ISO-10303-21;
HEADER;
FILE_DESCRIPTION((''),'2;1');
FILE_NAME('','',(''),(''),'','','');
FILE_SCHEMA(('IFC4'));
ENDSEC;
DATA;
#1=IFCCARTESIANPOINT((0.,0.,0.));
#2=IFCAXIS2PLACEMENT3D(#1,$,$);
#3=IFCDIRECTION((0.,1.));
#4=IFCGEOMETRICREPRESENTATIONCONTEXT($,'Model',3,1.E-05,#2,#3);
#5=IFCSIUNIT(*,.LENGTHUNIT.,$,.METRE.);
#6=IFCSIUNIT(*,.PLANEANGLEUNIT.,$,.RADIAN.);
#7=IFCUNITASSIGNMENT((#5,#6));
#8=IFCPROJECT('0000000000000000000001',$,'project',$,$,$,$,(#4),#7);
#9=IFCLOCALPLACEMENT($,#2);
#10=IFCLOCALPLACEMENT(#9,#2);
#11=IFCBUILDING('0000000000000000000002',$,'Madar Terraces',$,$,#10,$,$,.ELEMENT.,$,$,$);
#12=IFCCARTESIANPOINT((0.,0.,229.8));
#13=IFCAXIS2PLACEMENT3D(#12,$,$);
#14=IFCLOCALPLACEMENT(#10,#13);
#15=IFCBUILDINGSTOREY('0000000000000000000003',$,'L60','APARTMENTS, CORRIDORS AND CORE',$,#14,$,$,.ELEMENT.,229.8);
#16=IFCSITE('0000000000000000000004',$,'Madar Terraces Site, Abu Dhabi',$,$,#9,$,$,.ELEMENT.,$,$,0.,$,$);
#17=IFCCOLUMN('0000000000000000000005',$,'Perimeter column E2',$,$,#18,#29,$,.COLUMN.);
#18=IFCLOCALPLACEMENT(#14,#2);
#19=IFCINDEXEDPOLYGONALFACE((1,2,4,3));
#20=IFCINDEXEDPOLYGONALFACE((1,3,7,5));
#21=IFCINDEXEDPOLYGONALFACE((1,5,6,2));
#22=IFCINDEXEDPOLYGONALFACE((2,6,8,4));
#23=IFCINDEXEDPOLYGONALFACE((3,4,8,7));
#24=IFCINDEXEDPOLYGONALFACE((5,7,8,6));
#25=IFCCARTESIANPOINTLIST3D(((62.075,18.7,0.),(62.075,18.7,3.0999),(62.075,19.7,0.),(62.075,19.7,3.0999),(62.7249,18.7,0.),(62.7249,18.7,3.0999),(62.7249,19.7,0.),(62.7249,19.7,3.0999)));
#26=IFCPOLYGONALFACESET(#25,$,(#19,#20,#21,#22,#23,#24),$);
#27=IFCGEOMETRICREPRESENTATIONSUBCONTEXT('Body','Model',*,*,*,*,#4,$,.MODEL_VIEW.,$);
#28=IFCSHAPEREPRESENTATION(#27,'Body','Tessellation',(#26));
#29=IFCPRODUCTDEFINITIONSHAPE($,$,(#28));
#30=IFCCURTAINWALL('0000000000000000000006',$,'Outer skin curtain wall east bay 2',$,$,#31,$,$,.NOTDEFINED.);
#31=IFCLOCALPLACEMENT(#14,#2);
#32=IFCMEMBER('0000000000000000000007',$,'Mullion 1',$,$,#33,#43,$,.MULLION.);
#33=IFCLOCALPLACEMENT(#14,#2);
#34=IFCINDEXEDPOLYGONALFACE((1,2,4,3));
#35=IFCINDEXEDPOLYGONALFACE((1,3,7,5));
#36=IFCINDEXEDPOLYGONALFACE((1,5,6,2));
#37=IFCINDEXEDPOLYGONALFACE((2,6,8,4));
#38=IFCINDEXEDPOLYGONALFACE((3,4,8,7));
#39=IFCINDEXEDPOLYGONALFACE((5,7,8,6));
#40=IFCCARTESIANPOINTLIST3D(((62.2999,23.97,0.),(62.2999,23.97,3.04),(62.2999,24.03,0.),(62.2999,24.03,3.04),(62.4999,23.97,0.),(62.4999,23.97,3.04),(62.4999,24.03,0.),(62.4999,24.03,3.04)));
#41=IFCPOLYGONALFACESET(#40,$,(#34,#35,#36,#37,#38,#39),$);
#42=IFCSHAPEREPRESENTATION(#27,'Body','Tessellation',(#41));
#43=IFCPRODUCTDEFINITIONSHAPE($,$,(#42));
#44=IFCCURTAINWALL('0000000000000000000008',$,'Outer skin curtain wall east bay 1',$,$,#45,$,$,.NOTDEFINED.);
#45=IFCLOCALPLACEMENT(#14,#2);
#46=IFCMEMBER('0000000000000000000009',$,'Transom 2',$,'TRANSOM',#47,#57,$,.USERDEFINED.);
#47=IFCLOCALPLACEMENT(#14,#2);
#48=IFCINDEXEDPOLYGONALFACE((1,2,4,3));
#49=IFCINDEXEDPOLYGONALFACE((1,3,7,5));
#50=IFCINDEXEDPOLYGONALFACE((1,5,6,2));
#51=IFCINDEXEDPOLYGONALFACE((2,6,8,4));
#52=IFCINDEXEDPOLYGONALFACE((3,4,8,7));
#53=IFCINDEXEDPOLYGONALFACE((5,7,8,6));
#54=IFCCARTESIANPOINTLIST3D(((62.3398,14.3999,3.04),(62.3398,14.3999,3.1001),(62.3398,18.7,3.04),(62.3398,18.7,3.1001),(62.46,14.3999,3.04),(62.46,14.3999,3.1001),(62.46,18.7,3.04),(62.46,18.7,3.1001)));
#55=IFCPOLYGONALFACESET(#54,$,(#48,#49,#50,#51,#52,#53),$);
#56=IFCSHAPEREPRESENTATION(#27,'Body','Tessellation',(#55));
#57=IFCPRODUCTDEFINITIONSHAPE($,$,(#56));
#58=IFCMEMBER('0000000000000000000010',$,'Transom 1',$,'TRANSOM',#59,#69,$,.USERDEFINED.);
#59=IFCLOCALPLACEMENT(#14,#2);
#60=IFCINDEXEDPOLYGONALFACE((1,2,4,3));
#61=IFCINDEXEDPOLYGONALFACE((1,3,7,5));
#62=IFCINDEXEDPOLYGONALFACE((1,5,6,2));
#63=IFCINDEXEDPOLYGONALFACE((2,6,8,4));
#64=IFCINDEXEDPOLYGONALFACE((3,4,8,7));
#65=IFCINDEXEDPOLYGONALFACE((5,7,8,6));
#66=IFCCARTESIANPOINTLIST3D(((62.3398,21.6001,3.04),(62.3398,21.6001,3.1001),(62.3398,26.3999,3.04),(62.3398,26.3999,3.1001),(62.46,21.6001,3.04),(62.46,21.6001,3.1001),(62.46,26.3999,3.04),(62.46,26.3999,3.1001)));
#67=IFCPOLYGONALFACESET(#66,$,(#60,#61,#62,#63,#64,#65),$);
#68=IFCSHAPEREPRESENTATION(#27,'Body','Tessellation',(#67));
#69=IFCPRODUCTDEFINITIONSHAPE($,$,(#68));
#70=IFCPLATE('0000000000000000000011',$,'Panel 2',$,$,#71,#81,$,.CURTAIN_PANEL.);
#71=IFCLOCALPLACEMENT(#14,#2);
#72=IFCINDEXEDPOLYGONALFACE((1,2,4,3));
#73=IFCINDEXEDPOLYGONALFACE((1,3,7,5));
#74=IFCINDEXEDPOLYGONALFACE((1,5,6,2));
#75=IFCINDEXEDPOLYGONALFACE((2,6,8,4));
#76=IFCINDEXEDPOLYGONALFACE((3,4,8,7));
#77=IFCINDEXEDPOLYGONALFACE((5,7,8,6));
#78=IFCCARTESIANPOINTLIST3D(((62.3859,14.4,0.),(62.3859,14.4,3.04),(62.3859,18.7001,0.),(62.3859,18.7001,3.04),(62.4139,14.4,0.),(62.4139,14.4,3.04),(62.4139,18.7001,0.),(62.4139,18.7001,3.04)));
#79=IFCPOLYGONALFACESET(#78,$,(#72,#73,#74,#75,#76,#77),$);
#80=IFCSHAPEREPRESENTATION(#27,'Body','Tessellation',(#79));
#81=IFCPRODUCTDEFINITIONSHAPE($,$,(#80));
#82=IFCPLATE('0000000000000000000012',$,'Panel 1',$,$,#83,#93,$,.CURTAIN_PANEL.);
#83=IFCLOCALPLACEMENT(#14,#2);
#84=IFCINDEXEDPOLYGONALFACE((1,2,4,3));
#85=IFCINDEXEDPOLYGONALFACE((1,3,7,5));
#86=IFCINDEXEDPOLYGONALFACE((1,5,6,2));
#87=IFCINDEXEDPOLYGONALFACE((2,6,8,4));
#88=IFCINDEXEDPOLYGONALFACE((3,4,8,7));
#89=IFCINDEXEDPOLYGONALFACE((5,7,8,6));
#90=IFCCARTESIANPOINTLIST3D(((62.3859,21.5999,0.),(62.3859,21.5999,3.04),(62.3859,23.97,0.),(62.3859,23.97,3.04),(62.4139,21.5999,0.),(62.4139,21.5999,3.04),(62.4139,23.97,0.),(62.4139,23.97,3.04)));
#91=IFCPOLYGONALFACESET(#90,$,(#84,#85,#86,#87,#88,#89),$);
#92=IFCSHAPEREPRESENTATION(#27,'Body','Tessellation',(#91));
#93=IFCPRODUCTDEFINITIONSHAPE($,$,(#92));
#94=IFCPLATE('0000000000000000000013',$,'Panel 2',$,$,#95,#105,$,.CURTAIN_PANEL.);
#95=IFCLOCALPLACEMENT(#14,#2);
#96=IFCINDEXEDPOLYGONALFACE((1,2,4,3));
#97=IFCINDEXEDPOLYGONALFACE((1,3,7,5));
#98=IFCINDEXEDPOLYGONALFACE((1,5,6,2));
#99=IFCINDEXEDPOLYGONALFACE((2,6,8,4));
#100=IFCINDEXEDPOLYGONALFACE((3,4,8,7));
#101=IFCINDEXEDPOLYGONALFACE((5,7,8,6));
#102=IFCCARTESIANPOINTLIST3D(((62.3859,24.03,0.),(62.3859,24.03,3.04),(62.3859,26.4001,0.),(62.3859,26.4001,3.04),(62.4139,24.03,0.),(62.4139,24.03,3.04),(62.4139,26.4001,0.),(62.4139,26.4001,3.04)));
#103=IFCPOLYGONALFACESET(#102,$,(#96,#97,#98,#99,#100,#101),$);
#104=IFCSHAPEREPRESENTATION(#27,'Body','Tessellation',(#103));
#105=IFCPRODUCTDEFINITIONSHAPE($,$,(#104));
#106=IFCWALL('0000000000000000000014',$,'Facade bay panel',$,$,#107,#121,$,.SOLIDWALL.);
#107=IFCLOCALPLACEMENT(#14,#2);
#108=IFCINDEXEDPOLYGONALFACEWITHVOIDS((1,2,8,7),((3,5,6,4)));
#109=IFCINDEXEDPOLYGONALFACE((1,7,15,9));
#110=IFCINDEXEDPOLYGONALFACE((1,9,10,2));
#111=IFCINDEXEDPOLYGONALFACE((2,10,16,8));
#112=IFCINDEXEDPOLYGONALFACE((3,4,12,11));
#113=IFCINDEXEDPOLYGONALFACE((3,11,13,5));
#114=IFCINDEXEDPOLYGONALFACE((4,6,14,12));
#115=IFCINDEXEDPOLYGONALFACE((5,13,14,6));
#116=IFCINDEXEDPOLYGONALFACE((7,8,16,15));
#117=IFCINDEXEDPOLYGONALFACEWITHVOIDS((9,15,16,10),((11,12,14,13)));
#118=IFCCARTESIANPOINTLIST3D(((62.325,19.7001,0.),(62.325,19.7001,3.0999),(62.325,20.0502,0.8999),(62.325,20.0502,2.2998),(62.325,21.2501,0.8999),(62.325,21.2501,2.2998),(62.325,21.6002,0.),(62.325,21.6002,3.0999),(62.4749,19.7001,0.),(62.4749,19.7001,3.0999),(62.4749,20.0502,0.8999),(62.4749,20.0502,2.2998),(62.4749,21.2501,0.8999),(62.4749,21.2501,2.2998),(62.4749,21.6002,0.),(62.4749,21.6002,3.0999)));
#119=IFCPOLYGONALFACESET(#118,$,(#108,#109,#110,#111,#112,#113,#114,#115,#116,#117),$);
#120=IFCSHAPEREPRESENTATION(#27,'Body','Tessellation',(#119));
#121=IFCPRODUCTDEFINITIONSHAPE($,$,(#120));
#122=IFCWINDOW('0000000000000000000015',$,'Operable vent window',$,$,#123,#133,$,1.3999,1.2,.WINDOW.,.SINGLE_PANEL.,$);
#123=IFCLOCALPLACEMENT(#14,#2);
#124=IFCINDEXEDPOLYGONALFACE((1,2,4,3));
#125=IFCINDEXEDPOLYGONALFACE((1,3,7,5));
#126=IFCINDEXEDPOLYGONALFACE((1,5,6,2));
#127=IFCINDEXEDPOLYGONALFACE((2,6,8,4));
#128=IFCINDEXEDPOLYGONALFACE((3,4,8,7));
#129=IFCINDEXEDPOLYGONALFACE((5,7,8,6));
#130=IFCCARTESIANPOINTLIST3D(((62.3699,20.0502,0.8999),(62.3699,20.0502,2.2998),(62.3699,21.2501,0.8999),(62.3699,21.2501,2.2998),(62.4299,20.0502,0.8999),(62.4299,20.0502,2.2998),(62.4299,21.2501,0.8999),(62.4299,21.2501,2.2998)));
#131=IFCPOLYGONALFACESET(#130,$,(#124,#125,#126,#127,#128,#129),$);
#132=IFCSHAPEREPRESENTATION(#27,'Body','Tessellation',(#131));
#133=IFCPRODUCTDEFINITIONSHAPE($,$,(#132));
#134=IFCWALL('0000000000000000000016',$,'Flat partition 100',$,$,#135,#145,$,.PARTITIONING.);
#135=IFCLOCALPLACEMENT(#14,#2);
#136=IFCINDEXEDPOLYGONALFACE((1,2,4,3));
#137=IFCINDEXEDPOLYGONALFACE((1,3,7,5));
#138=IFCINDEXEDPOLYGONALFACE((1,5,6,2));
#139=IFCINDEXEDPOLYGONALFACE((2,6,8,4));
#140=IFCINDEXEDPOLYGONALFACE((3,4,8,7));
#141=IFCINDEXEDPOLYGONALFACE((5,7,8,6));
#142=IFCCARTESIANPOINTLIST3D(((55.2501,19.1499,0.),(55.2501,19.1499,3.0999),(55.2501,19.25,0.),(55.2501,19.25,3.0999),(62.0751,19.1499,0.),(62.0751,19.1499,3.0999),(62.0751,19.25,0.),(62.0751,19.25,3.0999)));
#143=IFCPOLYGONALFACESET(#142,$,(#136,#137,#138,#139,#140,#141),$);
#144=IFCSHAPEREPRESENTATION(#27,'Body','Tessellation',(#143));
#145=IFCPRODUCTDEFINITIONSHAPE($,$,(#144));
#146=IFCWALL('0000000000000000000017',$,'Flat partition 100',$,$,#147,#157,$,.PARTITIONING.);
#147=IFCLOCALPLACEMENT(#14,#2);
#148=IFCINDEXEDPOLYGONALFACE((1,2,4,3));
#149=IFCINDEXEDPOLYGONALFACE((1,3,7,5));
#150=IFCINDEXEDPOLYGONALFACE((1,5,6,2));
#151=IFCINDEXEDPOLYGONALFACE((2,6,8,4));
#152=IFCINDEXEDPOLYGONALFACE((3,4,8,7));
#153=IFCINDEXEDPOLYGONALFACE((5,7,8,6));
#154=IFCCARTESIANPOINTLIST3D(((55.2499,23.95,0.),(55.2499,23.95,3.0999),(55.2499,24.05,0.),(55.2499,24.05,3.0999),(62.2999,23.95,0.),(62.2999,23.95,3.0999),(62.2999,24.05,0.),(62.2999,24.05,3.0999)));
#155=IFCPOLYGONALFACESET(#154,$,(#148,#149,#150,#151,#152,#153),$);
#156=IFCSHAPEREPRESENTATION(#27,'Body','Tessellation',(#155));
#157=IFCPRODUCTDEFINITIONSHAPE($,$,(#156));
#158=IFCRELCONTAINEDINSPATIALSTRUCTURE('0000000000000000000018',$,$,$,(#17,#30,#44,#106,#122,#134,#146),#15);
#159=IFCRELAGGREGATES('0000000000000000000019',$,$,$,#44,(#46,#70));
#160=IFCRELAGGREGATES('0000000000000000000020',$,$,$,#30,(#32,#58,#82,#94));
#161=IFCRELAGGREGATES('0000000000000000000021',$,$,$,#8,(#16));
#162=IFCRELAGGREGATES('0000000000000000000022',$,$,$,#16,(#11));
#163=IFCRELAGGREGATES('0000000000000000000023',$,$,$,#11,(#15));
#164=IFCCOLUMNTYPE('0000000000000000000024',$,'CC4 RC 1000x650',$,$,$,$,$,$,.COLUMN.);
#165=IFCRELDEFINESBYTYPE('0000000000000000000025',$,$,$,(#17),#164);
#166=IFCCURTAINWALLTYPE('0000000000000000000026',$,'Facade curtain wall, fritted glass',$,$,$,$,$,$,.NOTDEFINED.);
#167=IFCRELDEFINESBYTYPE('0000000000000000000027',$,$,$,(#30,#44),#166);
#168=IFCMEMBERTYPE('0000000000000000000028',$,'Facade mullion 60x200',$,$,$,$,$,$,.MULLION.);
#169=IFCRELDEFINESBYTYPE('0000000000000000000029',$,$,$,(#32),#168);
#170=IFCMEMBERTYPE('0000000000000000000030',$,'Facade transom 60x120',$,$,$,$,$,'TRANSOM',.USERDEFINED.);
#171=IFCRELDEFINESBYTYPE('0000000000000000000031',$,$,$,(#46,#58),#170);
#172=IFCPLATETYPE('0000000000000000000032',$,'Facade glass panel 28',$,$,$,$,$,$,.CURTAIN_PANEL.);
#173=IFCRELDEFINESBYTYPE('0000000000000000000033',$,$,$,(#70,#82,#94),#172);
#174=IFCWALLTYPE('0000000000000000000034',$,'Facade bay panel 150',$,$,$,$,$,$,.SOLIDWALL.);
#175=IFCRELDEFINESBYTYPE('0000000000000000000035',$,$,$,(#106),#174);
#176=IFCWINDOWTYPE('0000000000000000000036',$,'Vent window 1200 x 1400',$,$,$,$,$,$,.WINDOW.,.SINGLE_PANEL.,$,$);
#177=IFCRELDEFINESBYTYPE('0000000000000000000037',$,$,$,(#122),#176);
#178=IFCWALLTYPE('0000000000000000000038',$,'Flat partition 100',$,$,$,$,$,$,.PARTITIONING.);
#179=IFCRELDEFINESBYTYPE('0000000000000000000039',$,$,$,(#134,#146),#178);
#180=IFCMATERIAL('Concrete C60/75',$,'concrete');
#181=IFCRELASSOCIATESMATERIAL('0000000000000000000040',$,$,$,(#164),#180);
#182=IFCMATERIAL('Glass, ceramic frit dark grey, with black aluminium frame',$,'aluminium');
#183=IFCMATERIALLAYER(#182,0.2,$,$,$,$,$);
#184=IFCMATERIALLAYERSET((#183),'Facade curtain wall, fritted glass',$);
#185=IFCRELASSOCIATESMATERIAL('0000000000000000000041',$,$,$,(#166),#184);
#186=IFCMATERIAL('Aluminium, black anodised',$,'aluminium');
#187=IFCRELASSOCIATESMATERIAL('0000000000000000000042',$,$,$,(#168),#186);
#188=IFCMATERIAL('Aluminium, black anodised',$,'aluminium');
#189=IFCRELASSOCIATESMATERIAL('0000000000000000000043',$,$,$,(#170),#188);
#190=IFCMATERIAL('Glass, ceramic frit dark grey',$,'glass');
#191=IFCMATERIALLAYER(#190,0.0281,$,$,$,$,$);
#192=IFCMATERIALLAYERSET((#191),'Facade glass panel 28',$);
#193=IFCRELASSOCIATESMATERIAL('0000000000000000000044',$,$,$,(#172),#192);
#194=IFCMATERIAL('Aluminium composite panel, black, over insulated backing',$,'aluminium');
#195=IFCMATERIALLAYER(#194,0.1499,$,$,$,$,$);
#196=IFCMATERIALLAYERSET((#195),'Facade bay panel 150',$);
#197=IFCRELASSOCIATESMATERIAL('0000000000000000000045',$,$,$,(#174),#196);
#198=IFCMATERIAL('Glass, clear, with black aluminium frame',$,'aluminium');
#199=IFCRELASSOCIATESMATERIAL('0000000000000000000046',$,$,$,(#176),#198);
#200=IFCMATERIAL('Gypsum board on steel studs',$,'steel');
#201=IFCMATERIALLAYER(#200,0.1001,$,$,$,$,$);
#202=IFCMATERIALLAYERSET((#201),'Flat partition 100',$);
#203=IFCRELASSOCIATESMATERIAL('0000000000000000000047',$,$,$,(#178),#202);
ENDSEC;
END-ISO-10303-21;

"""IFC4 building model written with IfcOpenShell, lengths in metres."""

from ifc_helpers import new_model, si_unit, direction, frame, frame_2d, origin, origin_2d, place, context, subcontext, project, spatial, rectangle, extrude, material, layer, layer_set, material_profile, profile_set, type_object, element, fill, aggregate, save


model = new_model("IFC4")

# Units and contexts
model_context = context("Model", 3, precision=1e-05, world=origin(), true_north=direction((0.0, 1.0)))
body_context = subcontext(model_context, "Body", "Model", "MODEL_VIEW")
ifc_project = project(units=[si_unit("LENGTHUNIT", "METRE"), si_unit("PLANEANGLEUNIT", "RADIAN")], contexts=[model_context])

# Site, building, storey
site_placement = place(None, origin())
site = spatial("IfcSite", under=ifc_project, at=site_placement, Name="Madar Terraces Site, Abu Dhabi", CompositionType="ELEMENT", RefElevation=0.0)
building_placement = place(site_placement, origin())
building = spatial("IfcBuilding", under=site, at=building_placement, Name="Madar Terraces", CompositionType="ELEMENT")
storey_placement = place(building_placement, frame((0.0, 0.0, 229.8)))
storey = spatial("IfcBuildingStorey", under=building, at=storey_placement, Name="L60", Description="APARTMENTS, CORRIDORS AND CORE", CompositionType="ELEMENT", Elevation=229.8)

# Column
ifc_material_1 = material(Name="Concrete C60/75", Category="concrete")
ifc_material_profile_1 = material_profile(ifc_material_1, rectangle(XDim=1.0, YDim=0.6499, at=origin_2d()), Name="CC4 RC 1000x650")
ifc_profile_set_1 = profile_set([ifc_material_profile_1], Name="Concrete C60/75")
column_type = type_object("IfcColumnType", Name="CC4 RC 1000x650", PredefinedType="COLUMN", material=ifc_profile_set_1)
column_placement = place(storey_placement, frame((62.3999, 19.2, 0.0), z_axis=(0.0, 0.0, 1.0), x_axis=(0.0, 1.0, 0.0)))
element("IfcColumn", 1, at=column_placement, inside=storey, type_object=column_type, Name="Perimeter column E2", PredefinedType="COLUMN", context=body_context, shape_type="SweptSolid", body=[
    extrude(rectangle(XDim=1.0, YDim=0.6499, at=origin_2d()), origin(), (0.0, 0.0, 1.0), 3.0999),
])

# Curtain walls, members
ifc_material_2 = material(Name="Glass, ceramic frit dark grey, with black aluminium frame", Category="aluminium")
ifc_layer_1 = layer(ifc_material_2, 0.2)
ifc_layer_set_1 = layer_set([ifc_layer_1], Name="Facade curtain wall, fritted glass")
curtain_wall_type = type_object("IfcCurtainWallType", Name="Facade curtain wall, fritted glass", PredefinedType="NOTDEFINED", material=ifc_layer_set_1)
curtain_wall_1_placement = place(storey_placement, origin())
curtain_wall_1 = element("IfcCurtainWall", 2, at=curtain_wall_1_placement, inside=storey, type_object=curtain_wall_type, Name="Outer skin curtain wall east bay 2", PredefinedType="NOTDEFINED")
ifc_material_3 = material(Name="Aluminium, black anodised", Category="aluminium")
ifc_material_profile_2 = material_profile(ifc_material_3, rectangle(XDim=0.2, YDim=0.0601, at=origin_2d()), Name="Facade mullion 60x200")
ifc_profile_set_2 = profile_set([ifc_material_profile_2], Name="Aluminium, black anodised")
member_type_1 = type_object("IfcMemberType", Name="Facade mullion 60x200", PredefinedType="MULLION", material=ifc_profile_set_2)
member_1_placement = place(storey_placement, frame((62.3999, 24.0, 0.0), z_axis=(0.0, 0.0, 1.0), x_axis=(-1.0, 0.0, 0.0)))
member_1 = element("IfcMember", 3, at=member_1_placement, type_object=member_type_1, Name="Mullion 1", PredefinedType="MULLION", context=body_context, shape_type="SweptSolid", body=[
    extrude(rectangle(XDim=0.2, YDim=0.0601, at=origin_2d()), origin(), (0.0, 0.0, 1.0), 3.04),
])
curtain_wall_2_placement = place(storey_placement, origin())
curtain_wall_2 = element("IfcCurtainWall", 4, at=curtain_wall_2_placement, inside=storey, type_object=curtain_wall_type, Name="Outer skin curtain wall east bay 1", PredefinedType="NOTDEFINED")
ifc_material_4 = material(Name="Aluminium, black anodised", Category="aluminium")
ifc_material_profile_3 = material_profile(ifc_material_4, rectangle(XDim=0.1201, YDim=0.0601, at=origin_2d()), Name="Facade transom 60x120")
ifc_profile_set_3 = profile_set([ifc_material_profile_3], Name="Aluminium, black anodised")
member_type_2 = type_object("IfcMemberType", Name="Facade transom 60x120", ElementType="TRANSOM", PredefinedType="USERDEFINED", material=ifc_profile_set_3)
member_2_placement = place(storey_placement, frame((62.3999, 14.3999, 3.0701), z_axis=(0.0, 1.0, 0.0), x_axis=(-1.0, 0.0, 0.0)))
member_2 = element("IfcMember", 5, at=member_2_placement, type_object=member_type_2, Name="Transom 2", ObjectType="TRANSOM", PredefinedType="USERDEFINED", context=body_context, shape_type="SweptSolid", body=[
    extrude(rectangle(XDim=0.1201, YDim=0.0601, at=origin_2d()), origin(), (0.0, 0.0, 1.0), 4.3),
])

# Member
member_3_placement = place(storey_placement, frame((62.3999, 21.6001, 3.0701), z_axis=(0.0, 1.0, 0.0), x_axis=(-1.0, 0.0, 0.0)))
member_3 = element("IfcMember", 6, at=member_3_placement, type_object=member_type_2, Name="Transom 1", ObjectType="TRANSOM", PredefinedType="USERDEFINED", context=body_context, shape_type="SweptSolid", body=[
    extrude(rectangle(XDim=0.1201, YDim=0.0601, at=origin_2d()), origin(), (0.0, 0.0, 1.0), 4.7998),
])

# Plates
ifc_material_5 = material(Name="Glass, ceramic frit dark grey", Category="glass")
ifc_layer_2 = layer(ifc_material_5, 0.0281)
ifc_layer_set_2 = layer_set([ifc_layer_2], Name="Facade glass panel 28")
plate_type = type_object("IfcPlateType", Name="Facade glass panel 28", PredefinedType="CURTAIN_PANEL", material=ifc_layer_set_2)
plate_1_placement = place(storey_placement, frame((62.3999, 16.55, 0.0), z_axis=(0.0, 0.0, 1.0), x_axis=(0.0, 1.0, 0.0)))
plate_1 = element("IfcPlate", 7, at=plate_1_placement, type_object=plate_type, Name="Panel 2", PredefinedType="CURTAIN_PANEL", context=body_context, shape_type="SweptSolid", body=[
    extrude(rectangle(XDim=4.3, YDim=0.0281, at=origin_2d()), origin(), (0.0, 0.0, 1.0), 3.04),
])
aggregate(curtain_wall_2, [member_2, plate_1])
plate_2_placement = place(storey_placement, frame((62.3999, 22.7849, 0.0), z_axis=(0.0, 0.0, 1.0), x_axis=(0.0, 1.0, 0.0)))
plate_2 = element("IfcPlate", 8, at=plate_2_placement, type_object=plate_type, Name="Panel 1", PredefinedType="CURTAIN_PANEL", context=body_context, shape_type="SweptSolid", body=[
    extrude(rectangle(XDim=2.3701, YDim=0.0281, at=origin_2d()), origin(), (0.0, 0.0, 1.0), 3.04),
])
plate_3_placement = place(storey_placement, frame((62.3999, 25.2151, 0.0), z_axis=(0.0, 0.0, 1.0), x_axis=(0.0, 1.0, 0.0)))
plate_3 = element("IfcPlate", 9, at=plate_3_placement, type_object=plate_type, Name="Panel 2", PredefinedType="CURTAIN_PANEL", context=body_context, shape_type="SweptSolid", body=[
    extrude(rectangle(XDim=2.3701, YDim=0.0281, at=origin_2d()), origin(), (0.0, 0.0, 1.0), 3.04),
])
aggregate(curtain_wall_1, [member_1, member_3, plate_2, plate_3])

# Shared definitions
ifc_material_6 = material(Name="Aluminium composite panel, black, over insulated backing", Category="aluminium")
ifc_layer_3 = layer(ifc_material_6, 0.1499)
ifc_layer_set_3 = layer_set([ifc_layer_3], Name="Facade bay panel 150")
wall_type_1 = type_object("IfcWallType", Name="Facade bay panel 150", PredefinedType="SOLIDWALL", material=ifc_layer_set_3)

# Wall, opening, window
wall_1_placement = place(storey_placement, frame((62.3999, 19.7, 0.0), z_axis=(0.0, 0.0, 1.0), x_axis=(0.0, 1.0, 0.0)))
wall_1 = element("IfcWall", 10, at=wall_1_placement, inside=storey, type_object=wall_type_1, Name="Facade bay panel", PredefinedType="SOLIDWALL", context=body_context, shape_type="SweptSolid", body=[
    extrude(rectangle(XDim=1.9001, YDim=0.1499, at=frame_2d((0.9502, 0.0))), origin(), (0.0, 0.0, 1.0), 3.0999),
])
opening_1_placement = place(wall_1_placement, frame((0.3501, 0.0, 0.8999)))
opening_1 = element("IfcOpeningElement", 11, at=opening_1_placement, cuts=wall_1, PredefinedType="OPENING", context=body_context, shape_type="SweptSolid", body=[
    extrude(rectangle(XDim=1.2, YDim=1.3999, at=frame_2d((0.6001, 0.7))), frame((0.0, 0.085, 0.0), z_axis=(0.0, -1.0, 0.0), x_axis=(1.0, 0.0, 0.0)), (0.0, 0.0, 1.0), 0.1699),
])
ifc_material_7 = material(Name="Glass, clear, with black aluminium frame", Category="aluminium")
window_type = type_object("IfcWindowType", Name="Vent window 1200 x 1400", PartitioningType="SINGLE_PANEL", PredefinedType="WINDOW", material=ifc_material_7)
window_placement = place(opening_1_placement, origin())
window = element("IfcWindow", 12, at=window_placement, inside=storey, type_object=window_type, Name="Operable vent window", OverallHeight=1.3999, OverallWidth=1.2, PartitioningType="SINGLE_PANEL", PredefinedType="WINDOW", context=body_context, shape_type="SweptSolid", body=[
    extrude(rectangle(XDim=1.2, YDim=1.3999, at=frame_2d((0.6001, 0.7))), frame((0.0, 0.03, 0.0), z_axis=(0.0, -1.0, 0.0), x_axis=(1.0, 0.0, 0.0)), (0.0, 0.0, 1.0), 0.0601),
])
fill(opening_1, window)

# Walls
ifc_material_8 = material(Name="Gypsum board on steel studs", Category="steel")
ifc_layer_4 = layer(ifc_material_8, 0.1001)
ifc_layer_set_4 = layer_set([ifc_layer_4], Name="Flat partition 100")
wall_type_2 = type_object("IfcWallType", Name="Flat partition 100", PredefinedType="PARTITIONING", material=ifc_layer_set_4)
wall_2_placement = place(storey_placement, frame((55.25, 19.2, 0.0), z_axis=(0.0, 0.0, 1.0), x_axis=(1.0, 0.0, 0.0)))
element("IfcWall", 13, at=wall_2_placement, inside=storey, type_object=wall_type_2, Name="Flat partition 100", PredefinedType="PARTITIONING", context=body_context, shape_type="SweptSolid", body=[
    extrude(rectangle(XDim=6.825, YDim=0.1001, at=frame_2d((3.4126, 0.0))), origin(), (0.0, 0.0, 1.0), 3.0999),
])
wall_3_placement = place(storey_placement, frame((55.25, 24.0, 0.0), z_axis=(0.0, 0.0, 1.0), x_axis=(1.0, 0.0, 0.0)))
element("IfcWall", 14, at=wall_3_placement, inside=storey, type_object=wall_type_2, Name="Flat partition 100", PredefinedType="PARTITIONING", context=body_context, shape_type="SweptSolid", body=[
    extrude(rectangle(XDim=7.05, YDim=0.1001, at=frame_2d((3.5249, 0.0))), origin(), (0.0, 0.0, 1.0), 3.0999),
])

save(model, "model.ifc")
